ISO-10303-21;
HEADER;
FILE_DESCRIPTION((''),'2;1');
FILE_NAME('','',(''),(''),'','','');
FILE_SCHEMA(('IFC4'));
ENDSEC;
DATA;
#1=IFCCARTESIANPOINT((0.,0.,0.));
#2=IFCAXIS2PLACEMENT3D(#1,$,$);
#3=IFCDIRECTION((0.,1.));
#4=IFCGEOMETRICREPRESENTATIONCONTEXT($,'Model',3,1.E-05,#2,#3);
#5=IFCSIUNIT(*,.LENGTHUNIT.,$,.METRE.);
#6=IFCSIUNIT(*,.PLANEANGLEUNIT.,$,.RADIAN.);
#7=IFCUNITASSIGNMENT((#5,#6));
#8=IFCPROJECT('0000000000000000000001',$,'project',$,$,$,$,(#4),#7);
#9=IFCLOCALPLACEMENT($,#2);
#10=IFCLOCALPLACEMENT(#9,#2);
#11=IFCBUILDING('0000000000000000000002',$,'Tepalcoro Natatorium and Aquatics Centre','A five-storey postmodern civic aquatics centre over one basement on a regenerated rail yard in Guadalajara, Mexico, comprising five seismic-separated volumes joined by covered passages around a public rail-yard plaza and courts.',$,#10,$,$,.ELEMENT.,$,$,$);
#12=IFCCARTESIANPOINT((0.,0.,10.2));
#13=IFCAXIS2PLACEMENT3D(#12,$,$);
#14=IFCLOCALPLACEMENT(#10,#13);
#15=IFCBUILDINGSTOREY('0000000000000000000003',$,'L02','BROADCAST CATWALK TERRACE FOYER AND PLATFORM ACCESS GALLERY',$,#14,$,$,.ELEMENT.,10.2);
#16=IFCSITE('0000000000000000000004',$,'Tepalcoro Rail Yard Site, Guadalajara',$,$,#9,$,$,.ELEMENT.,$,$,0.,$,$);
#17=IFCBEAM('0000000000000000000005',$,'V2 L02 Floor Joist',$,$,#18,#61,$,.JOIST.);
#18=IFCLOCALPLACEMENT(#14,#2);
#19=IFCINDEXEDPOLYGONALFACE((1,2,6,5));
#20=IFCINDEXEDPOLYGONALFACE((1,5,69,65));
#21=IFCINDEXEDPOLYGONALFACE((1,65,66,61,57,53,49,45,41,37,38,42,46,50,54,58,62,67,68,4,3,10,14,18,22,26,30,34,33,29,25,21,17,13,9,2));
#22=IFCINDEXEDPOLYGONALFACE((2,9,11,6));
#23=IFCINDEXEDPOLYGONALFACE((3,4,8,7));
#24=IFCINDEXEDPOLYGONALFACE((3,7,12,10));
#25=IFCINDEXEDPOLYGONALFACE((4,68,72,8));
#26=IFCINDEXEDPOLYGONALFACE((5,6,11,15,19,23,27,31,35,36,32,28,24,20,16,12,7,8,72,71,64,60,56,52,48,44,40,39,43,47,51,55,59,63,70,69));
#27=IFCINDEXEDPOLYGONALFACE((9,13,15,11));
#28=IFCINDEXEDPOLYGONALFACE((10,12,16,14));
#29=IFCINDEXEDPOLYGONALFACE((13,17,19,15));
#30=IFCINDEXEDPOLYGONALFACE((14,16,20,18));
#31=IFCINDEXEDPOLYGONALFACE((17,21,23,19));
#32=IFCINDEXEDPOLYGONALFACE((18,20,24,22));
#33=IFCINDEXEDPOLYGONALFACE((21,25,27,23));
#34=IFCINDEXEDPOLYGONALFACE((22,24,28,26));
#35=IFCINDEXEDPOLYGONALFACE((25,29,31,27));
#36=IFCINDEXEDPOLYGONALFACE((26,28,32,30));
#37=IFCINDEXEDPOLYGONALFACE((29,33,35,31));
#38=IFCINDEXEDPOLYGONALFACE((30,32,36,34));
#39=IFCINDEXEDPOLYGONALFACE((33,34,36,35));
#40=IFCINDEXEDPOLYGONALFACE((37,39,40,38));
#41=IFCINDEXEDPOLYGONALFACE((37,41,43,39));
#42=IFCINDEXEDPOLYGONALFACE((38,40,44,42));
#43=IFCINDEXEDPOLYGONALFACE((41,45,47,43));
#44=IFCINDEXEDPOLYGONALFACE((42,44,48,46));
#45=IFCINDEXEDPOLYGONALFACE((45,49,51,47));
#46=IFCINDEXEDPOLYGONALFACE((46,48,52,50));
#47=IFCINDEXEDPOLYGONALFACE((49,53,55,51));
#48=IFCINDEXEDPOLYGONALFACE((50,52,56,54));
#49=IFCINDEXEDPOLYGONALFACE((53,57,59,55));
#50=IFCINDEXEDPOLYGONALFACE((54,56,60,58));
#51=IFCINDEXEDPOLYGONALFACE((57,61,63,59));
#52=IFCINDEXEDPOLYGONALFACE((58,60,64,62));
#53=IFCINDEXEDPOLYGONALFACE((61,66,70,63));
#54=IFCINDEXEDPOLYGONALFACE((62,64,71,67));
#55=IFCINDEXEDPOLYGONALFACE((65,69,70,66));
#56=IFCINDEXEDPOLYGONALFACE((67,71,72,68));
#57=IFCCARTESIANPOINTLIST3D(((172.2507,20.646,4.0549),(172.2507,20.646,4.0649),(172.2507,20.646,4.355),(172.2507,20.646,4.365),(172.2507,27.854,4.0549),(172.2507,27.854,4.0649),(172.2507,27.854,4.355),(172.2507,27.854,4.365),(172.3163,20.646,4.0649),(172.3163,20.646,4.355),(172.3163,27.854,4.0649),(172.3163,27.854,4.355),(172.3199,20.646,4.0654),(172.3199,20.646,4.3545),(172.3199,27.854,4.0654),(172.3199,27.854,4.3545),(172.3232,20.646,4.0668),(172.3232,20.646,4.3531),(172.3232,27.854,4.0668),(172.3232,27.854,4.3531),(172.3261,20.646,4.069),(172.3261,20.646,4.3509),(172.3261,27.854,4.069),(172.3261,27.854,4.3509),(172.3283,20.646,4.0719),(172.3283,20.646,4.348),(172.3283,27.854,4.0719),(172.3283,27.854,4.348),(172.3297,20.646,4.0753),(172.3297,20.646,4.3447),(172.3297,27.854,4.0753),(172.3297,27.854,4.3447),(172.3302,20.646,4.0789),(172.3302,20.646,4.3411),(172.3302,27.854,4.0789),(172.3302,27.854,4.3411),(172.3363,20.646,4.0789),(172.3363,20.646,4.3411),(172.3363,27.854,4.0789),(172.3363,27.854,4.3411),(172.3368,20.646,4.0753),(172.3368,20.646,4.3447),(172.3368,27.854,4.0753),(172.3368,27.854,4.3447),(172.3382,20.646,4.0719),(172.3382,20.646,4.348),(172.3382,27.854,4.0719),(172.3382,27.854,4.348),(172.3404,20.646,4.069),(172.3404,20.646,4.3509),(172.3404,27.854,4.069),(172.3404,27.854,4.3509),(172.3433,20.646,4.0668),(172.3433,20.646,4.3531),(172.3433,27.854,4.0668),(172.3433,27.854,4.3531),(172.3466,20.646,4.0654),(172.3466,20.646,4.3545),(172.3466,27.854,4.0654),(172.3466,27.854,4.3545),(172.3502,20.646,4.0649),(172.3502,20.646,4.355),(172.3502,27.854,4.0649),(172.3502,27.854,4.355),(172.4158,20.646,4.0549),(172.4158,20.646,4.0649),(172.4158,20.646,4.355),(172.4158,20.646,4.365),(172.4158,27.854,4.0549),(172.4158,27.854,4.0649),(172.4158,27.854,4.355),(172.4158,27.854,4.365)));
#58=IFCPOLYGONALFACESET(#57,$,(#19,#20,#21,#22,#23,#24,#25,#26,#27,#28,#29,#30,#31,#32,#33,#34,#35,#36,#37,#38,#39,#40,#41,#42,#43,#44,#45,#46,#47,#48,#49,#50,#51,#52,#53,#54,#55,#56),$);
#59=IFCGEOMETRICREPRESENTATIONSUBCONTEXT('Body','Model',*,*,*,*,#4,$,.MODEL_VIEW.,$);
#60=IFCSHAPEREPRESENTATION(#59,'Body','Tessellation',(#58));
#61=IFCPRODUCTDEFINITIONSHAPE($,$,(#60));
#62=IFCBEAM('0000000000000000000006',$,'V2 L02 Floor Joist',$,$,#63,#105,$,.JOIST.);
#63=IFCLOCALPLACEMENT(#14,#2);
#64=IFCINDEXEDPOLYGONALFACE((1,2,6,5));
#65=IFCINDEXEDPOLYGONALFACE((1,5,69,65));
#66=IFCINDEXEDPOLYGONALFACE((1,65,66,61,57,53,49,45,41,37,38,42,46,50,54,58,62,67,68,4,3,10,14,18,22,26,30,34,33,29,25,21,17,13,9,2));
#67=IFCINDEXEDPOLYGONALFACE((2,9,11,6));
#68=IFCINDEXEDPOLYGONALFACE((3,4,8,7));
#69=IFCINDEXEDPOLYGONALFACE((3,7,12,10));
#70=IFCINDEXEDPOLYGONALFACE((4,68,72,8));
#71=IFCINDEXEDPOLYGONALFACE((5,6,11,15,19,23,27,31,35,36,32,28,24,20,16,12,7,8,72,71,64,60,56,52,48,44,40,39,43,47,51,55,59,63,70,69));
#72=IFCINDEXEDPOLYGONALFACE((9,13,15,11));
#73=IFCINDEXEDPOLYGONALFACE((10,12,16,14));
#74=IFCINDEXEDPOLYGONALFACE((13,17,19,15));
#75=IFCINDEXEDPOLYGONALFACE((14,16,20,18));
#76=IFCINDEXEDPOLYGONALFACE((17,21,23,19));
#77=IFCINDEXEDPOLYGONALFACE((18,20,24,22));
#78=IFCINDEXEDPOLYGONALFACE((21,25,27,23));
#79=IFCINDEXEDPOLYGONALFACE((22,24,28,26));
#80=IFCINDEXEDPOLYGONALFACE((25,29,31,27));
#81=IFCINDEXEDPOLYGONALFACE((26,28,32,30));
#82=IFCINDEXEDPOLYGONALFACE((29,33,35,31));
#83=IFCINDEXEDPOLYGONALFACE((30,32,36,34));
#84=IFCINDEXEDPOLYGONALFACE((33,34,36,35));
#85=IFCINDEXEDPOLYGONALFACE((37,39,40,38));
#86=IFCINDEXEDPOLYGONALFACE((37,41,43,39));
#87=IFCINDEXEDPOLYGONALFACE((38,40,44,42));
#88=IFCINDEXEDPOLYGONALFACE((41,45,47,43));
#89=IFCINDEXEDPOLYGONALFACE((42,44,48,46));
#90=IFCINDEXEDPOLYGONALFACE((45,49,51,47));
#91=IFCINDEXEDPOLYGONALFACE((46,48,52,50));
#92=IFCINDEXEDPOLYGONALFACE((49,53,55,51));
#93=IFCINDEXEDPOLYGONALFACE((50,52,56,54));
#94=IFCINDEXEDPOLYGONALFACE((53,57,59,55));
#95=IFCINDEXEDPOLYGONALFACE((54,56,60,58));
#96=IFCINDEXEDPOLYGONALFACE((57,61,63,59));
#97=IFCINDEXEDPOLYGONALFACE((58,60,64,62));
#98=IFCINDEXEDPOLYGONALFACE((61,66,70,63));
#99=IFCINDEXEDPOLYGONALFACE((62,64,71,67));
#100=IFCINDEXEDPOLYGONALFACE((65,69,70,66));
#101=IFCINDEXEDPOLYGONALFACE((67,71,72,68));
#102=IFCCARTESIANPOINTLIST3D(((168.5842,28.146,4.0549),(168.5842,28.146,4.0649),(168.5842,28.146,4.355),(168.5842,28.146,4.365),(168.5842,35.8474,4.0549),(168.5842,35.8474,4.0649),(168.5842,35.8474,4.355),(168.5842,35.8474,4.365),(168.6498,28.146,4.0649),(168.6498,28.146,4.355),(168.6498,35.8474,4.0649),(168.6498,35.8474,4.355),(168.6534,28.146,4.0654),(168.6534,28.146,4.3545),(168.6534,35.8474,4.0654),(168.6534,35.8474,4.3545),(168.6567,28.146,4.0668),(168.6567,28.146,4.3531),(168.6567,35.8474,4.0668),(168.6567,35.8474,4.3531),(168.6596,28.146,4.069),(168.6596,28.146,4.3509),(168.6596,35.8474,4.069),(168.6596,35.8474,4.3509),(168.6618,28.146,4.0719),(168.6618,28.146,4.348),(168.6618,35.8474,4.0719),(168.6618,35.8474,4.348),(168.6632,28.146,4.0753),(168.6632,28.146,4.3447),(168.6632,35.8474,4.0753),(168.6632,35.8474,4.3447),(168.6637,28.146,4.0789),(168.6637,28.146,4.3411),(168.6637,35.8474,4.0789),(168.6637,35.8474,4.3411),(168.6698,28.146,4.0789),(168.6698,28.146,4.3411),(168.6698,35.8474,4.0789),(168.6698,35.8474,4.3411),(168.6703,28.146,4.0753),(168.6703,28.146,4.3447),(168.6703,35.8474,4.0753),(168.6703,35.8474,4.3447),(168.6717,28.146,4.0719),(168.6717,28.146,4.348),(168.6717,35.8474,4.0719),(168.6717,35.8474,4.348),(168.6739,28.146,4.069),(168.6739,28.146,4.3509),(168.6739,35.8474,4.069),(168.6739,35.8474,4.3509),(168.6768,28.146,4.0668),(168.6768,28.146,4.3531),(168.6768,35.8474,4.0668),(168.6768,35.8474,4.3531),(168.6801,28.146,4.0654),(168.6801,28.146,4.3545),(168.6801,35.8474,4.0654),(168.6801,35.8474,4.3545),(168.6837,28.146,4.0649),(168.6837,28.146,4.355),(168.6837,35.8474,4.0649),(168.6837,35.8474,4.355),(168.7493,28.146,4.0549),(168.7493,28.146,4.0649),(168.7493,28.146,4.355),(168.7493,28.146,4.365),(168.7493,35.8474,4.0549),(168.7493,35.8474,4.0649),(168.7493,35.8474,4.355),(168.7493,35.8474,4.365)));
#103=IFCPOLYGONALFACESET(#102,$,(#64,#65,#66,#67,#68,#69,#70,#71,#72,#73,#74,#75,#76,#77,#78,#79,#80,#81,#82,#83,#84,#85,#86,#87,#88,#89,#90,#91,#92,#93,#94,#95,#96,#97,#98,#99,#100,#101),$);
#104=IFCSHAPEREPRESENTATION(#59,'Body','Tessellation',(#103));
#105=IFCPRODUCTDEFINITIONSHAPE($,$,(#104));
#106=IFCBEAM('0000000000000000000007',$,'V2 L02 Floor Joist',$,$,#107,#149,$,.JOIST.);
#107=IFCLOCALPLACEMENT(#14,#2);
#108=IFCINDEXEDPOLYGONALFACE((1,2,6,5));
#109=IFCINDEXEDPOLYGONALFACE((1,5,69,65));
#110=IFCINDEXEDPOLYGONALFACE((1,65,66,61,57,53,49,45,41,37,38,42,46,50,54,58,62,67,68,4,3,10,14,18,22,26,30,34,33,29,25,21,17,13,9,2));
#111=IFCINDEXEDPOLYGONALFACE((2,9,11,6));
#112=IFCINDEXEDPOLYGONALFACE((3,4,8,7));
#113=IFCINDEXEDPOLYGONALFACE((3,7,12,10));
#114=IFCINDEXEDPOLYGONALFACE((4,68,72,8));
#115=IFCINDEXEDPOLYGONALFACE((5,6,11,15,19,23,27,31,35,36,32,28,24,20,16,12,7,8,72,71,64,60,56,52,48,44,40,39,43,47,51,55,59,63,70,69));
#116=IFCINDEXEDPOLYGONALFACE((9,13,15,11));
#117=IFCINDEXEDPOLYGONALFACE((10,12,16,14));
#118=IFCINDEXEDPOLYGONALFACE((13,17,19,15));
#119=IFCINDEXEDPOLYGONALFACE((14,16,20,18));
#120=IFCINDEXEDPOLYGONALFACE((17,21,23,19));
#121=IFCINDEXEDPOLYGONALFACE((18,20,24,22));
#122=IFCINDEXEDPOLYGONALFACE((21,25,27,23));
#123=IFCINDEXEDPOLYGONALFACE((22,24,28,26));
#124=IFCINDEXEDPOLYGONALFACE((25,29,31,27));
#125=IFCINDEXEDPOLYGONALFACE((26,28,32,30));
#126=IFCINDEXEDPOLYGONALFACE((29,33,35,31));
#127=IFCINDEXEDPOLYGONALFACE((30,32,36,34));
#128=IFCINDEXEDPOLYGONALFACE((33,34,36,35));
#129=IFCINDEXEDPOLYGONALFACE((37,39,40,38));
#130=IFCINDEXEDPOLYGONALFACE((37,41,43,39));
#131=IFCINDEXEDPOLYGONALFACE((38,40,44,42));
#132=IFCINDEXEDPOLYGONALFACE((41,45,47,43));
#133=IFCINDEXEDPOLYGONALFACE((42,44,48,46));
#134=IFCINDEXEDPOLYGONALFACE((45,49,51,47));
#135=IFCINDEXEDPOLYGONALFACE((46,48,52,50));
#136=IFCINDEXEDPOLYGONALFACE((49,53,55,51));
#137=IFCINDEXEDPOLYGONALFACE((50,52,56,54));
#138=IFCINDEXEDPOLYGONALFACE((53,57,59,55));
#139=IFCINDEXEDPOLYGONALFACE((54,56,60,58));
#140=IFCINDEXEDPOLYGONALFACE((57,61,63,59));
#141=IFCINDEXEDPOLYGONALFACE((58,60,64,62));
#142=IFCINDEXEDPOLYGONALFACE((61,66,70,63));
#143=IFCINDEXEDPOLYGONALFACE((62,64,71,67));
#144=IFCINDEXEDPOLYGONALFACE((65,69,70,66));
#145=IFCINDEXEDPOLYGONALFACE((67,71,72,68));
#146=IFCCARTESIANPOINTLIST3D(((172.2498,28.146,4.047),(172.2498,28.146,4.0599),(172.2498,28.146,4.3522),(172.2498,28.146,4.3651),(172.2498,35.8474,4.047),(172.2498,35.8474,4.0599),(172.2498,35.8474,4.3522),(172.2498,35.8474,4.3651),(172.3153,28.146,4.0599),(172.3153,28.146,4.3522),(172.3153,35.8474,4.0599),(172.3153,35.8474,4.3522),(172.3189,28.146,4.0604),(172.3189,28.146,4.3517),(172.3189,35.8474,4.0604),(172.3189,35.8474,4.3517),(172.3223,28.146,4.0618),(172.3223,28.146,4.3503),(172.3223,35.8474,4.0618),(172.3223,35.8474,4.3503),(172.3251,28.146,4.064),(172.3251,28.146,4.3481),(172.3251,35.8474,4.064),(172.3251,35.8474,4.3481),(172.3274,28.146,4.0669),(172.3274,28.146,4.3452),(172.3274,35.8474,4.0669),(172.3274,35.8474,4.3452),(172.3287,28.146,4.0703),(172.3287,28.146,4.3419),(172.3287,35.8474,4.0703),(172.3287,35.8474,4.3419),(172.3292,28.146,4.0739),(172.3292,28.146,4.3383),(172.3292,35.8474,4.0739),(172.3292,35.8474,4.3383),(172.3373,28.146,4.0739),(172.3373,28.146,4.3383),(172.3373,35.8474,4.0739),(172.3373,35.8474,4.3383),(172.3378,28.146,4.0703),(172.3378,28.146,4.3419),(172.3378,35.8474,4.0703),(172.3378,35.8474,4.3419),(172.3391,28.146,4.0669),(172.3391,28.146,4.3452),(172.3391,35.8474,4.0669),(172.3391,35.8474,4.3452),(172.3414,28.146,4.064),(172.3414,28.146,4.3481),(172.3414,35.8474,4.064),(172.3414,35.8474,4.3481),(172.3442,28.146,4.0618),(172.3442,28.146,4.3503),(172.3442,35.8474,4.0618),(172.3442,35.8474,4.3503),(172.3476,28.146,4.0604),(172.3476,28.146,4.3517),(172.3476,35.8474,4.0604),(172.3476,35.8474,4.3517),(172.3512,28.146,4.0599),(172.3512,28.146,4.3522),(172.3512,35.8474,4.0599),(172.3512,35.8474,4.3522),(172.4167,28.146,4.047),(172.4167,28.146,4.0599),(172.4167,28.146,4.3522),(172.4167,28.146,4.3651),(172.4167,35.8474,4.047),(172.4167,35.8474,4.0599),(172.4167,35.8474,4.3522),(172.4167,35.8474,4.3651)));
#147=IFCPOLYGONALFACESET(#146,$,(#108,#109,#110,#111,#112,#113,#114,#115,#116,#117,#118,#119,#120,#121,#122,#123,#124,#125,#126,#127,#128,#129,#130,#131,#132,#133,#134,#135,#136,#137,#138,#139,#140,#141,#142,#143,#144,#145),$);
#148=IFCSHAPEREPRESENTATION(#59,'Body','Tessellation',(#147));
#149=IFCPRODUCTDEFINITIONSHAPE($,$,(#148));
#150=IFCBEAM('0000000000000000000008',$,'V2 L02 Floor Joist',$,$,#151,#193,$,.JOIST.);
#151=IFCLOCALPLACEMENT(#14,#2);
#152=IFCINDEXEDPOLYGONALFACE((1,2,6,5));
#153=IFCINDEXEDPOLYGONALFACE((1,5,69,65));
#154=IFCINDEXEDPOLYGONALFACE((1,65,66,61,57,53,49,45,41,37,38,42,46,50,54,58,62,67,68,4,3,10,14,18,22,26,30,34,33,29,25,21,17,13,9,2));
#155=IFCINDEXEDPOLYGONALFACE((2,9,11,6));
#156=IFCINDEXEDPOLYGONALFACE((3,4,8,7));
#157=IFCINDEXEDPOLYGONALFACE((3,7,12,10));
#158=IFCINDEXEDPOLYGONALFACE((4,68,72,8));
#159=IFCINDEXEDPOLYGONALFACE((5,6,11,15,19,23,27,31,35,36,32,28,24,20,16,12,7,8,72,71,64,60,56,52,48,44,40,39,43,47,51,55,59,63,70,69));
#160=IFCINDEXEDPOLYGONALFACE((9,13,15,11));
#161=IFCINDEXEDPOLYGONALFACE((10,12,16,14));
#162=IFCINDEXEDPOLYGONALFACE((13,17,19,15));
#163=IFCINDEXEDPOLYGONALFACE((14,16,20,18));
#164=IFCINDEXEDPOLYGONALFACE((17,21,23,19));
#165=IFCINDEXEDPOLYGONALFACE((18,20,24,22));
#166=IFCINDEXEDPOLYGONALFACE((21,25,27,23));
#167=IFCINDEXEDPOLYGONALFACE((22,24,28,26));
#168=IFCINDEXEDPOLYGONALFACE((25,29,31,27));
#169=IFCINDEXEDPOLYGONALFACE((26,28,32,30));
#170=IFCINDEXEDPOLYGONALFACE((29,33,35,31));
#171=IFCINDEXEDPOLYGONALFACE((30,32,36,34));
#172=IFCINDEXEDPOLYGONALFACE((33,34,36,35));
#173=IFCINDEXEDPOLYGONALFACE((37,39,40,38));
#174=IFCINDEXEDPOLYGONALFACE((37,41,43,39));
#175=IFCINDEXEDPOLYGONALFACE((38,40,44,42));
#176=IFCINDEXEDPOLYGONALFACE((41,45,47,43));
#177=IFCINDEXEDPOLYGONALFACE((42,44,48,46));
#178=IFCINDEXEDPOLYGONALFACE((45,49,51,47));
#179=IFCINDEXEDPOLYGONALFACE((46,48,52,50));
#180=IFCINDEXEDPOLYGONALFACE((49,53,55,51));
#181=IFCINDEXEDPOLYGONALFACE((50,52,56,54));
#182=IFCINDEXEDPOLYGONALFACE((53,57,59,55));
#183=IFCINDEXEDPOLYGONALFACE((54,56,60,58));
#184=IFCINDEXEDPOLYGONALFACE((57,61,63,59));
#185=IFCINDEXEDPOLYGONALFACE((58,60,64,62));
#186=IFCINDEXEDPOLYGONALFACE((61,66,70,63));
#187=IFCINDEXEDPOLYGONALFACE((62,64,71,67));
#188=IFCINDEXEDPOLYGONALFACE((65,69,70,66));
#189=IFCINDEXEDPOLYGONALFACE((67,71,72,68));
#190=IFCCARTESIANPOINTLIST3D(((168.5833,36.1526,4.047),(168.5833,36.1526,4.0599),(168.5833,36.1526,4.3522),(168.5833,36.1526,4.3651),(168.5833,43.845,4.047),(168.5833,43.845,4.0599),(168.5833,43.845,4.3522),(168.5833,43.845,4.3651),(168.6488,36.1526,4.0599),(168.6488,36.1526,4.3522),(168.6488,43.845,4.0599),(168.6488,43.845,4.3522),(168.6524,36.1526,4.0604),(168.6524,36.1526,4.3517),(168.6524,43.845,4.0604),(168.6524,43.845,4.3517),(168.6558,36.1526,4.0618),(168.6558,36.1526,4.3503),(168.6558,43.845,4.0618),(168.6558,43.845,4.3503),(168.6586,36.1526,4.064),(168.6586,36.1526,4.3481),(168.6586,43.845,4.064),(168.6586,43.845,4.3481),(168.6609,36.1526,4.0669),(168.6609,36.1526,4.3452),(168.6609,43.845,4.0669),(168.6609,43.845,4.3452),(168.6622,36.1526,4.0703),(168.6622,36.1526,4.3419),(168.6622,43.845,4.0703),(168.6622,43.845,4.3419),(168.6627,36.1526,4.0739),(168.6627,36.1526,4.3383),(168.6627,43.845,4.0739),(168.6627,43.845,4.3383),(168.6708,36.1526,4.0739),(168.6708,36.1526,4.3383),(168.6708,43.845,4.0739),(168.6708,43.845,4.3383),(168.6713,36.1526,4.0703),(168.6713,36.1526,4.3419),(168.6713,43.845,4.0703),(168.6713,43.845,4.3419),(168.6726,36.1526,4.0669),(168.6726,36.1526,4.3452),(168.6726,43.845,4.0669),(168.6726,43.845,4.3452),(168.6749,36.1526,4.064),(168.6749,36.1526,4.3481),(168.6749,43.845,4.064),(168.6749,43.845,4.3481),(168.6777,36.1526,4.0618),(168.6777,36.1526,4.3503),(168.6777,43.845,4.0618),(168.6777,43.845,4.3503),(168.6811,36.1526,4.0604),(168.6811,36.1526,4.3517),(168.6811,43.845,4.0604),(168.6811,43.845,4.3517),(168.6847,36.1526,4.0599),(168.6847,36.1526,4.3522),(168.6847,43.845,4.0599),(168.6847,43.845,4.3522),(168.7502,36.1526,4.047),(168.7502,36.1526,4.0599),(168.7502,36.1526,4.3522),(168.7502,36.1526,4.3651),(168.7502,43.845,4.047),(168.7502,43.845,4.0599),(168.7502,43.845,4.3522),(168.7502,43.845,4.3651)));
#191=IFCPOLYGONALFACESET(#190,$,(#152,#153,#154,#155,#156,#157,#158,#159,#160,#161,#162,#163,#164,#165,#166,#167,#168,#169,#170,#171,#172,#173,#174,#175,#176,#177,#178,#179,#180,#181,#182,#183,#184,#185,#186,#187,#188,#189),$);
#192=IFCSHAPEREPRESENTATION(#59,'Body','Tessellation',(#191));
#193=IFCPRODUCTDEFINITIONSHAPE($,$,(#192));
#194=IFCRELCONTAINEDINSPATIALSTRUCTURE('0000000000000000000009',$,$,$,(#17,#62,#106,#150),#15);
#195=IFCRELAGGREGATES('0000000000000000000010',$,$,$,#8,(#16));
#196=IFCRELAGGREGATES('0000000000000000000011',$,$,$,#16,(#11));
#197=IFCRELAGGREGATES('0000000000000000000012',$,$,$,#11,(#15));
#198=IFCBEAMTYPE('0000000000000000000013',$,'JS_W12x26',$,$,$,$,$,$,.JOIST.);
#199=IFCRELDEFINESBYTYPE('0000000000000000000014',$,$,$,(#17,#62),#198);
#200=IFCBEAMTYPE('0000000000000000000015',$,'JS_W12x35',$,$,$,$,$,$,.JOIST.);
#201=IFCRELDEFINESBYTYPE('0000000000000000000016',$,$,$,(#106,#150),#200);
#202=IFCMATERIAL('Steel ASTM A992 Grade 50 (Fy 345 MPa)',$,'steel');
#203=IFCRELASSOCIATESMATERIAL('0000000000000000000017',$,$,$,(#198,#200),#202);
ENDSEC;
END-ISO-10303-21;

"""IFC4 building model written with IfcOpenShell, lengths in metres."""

from ifc_helpers import new_model, si_unit, direction, frame, origin, origin_2d, place, context, subcontext, project, spatial, i_section, extrude, material, material_profile, profile_set, type_object, element, save


model = new_model("IFC4")

# Units and contexts
model_context = context("Model", 3, precision=1e-05, world=origin(), true_north=direction((0.0, 1.0)))
body_context = subcontext(model_context, "Body", "Model", "MODEL_VIEW")
ifc_project = project(units=[si_unit("LENGTHUNIT", "METRE"), si_unit("PLANEANGLEUNIT", "RADIAN")], contexts=[model_context])

# Site, building, storey
site_placement = place(None, origin())
site = spatial("IfcSite", under=ifc_project, at=site_placement, Name="Tepalcoro Rail Yard Site, Guadalajara", CompositionType="ELEMENT", RefElevation=0.0)
building_placement = place(site_placement, origin())
building = spatial("IfcBuilding", under=site, at=building_placement, Name="Tepalcoro Natatorium and Aquatics Centre", Description="A five-storey postmodern civic aquatics centre over one basement on a regenerated rail yard in Guadalajara, Mexico, comprising five seismic-separated volumes joined by covered passages around a public rail-yard plaza and courts.", CompositionType="ELEMENT")
storey_placement = place(building_placement, frame((0.0, 0.0, 10.2)))
storey = spatial("IfcBuildingStorey", under=building, at=storey_placement, Name="L02", Description="BROADCAST CATWALK TERRACE FOYER AND PLATFORM ACCESS GALLERY", CompositionType="ELEMENT", Elevation=10.2)

# Shared definitions
ifc_material_1 = material(Name="Steel ASTM A992 Grade 50 (Fy 345 MPa)", Category="steel")

# Beams
ifc_material_profile_1 = material_profile(ifc_material_1, i_section(OverallWidth=0.165, OverallDepth=0.3101, WebThickness=0.0061, FlangeThickness=0.01, FilletRadius=0.0139, at=origin_2d()), Name="W12X26")
ifc_profile_set_1 = profile_set([ifc_material_profile_1], Name="Steel ASTM A992 Grade 50 (Fy 345 MPa)")
beam_type_1 = type_object("IfcBeamType", Name="JS_W12x26", PredefinedType="JOIST", material=ifc_profile_set_1)
beam_1_placement = place(storey_placement, frame((172.3333, 20.646, 4.21), z_axis=(0.0, 1.0, 0.0), x_axis=(-1.0, 0.0, 0.0)))
element("IfcBeam", 1, at=beam_1_placement, inside=storey, type_object=beam_type_1, Name="V2 L02 Floor Joist", PredefinedType="JOIST", context=body_context, shape_type="SweptSolid", body=[
    extrude(i_section(OverallWidth=0.165, OverallDepth=0.3101, WebThickness=0.0061, FlangeThickness=0.01, FilletRadius=0.0139, at=origin_2d()), origin(), (0.0, 0.0, 1.0), 7.208),
])
beam_2_placement = place(storey_placement, frame((168.6667, 28.146, 4.21), z_axis=(0.0, 1.0, 0.0), x_axis=(-1.0, 0.0, 0.0)))
element("IfcBeam", 2, at=beam_2_placement, inside=storey, type_object=beam_type_1, Name="V2 L02 Floor Joist", PredefinedType="JOIST", context=body_context, shape_type="SweptSolid", body=[
    extrude(i_section(OverallWidth=0.165, OverallDepth=0.3101, WebThickness=0.0061, FlangeThickness=0.01, FilletRadius=0.0139, at=origin_2d()), origin(), (0.0, 0.0, 1.0), 7.7014),
])
ifc_material_profile_2 = material_profile(ifc_material_1, i_section(OverallWidth=0.167, OverallDepth=0.3181, WebThickness=0.0081, FlangeThickness=0.0129, FilletRadius=0.0139, at=origin_2d()), Name="W12X35")
ifc_profile_set_2 = profile_set([ifc_material_profile_2], Name="Steel ASTM A992 Grade 50 (Fy 345 MPa)")
beam_type_2 = type_object("IfcBeamType", Name="JS_W12x35", PredefinedType="JOIST", material=ifc_profile_set_2)
beam_3_placement = place(storey_placement, frame((172.3333, 28.146, 4.2061), z_axis=(0.0, 1.0, 0.0), x_axis=(-1.0, 0.0, 0.0)))
element("IfcBeam", 3, at=beam_3_placement, inside=storey, type_object=beam_type_2, Name="V2 L02 Floor Joist", PredefinedType="JOIST", context=body_context, shape_type="SweptSolid", body=[
    extrude(i_section(OverallWidth=0.167, OverallDepth=0.3181, WebThickness=0.0081, FlangeThickness=0.0129, FilletRadius=0.0139, at=origin_2d()), origin(), (0.0, 0.0, 1.0), 7.7014),
])
beam_4_placement = place(storey_placement, frame((168.6667, 36.1526, 4.2061), z_axis=(0.0, 1.0, 0.0), x_axis=(-1.0, 0.0, 0.0)))
element("IfcBeam", 4, at=beam_4_placement, inside=storey, type_object=beam_type_2, Name="V2 L02 Floor Joist", PredefinedType="JOIST", context=body_context, shape_type="SweptSolid", body=[
    extrude(i_section(OverallWidth=0.167, OverallDepth=0.3181, WebThickness=0.0081, FlangeThickness=0.0129, FilletRadius=0.0139, at=origin_2d()), origin(), (0.0, 0.0, 1.0), 7.6924),
])

save(model, "model.ifc")
